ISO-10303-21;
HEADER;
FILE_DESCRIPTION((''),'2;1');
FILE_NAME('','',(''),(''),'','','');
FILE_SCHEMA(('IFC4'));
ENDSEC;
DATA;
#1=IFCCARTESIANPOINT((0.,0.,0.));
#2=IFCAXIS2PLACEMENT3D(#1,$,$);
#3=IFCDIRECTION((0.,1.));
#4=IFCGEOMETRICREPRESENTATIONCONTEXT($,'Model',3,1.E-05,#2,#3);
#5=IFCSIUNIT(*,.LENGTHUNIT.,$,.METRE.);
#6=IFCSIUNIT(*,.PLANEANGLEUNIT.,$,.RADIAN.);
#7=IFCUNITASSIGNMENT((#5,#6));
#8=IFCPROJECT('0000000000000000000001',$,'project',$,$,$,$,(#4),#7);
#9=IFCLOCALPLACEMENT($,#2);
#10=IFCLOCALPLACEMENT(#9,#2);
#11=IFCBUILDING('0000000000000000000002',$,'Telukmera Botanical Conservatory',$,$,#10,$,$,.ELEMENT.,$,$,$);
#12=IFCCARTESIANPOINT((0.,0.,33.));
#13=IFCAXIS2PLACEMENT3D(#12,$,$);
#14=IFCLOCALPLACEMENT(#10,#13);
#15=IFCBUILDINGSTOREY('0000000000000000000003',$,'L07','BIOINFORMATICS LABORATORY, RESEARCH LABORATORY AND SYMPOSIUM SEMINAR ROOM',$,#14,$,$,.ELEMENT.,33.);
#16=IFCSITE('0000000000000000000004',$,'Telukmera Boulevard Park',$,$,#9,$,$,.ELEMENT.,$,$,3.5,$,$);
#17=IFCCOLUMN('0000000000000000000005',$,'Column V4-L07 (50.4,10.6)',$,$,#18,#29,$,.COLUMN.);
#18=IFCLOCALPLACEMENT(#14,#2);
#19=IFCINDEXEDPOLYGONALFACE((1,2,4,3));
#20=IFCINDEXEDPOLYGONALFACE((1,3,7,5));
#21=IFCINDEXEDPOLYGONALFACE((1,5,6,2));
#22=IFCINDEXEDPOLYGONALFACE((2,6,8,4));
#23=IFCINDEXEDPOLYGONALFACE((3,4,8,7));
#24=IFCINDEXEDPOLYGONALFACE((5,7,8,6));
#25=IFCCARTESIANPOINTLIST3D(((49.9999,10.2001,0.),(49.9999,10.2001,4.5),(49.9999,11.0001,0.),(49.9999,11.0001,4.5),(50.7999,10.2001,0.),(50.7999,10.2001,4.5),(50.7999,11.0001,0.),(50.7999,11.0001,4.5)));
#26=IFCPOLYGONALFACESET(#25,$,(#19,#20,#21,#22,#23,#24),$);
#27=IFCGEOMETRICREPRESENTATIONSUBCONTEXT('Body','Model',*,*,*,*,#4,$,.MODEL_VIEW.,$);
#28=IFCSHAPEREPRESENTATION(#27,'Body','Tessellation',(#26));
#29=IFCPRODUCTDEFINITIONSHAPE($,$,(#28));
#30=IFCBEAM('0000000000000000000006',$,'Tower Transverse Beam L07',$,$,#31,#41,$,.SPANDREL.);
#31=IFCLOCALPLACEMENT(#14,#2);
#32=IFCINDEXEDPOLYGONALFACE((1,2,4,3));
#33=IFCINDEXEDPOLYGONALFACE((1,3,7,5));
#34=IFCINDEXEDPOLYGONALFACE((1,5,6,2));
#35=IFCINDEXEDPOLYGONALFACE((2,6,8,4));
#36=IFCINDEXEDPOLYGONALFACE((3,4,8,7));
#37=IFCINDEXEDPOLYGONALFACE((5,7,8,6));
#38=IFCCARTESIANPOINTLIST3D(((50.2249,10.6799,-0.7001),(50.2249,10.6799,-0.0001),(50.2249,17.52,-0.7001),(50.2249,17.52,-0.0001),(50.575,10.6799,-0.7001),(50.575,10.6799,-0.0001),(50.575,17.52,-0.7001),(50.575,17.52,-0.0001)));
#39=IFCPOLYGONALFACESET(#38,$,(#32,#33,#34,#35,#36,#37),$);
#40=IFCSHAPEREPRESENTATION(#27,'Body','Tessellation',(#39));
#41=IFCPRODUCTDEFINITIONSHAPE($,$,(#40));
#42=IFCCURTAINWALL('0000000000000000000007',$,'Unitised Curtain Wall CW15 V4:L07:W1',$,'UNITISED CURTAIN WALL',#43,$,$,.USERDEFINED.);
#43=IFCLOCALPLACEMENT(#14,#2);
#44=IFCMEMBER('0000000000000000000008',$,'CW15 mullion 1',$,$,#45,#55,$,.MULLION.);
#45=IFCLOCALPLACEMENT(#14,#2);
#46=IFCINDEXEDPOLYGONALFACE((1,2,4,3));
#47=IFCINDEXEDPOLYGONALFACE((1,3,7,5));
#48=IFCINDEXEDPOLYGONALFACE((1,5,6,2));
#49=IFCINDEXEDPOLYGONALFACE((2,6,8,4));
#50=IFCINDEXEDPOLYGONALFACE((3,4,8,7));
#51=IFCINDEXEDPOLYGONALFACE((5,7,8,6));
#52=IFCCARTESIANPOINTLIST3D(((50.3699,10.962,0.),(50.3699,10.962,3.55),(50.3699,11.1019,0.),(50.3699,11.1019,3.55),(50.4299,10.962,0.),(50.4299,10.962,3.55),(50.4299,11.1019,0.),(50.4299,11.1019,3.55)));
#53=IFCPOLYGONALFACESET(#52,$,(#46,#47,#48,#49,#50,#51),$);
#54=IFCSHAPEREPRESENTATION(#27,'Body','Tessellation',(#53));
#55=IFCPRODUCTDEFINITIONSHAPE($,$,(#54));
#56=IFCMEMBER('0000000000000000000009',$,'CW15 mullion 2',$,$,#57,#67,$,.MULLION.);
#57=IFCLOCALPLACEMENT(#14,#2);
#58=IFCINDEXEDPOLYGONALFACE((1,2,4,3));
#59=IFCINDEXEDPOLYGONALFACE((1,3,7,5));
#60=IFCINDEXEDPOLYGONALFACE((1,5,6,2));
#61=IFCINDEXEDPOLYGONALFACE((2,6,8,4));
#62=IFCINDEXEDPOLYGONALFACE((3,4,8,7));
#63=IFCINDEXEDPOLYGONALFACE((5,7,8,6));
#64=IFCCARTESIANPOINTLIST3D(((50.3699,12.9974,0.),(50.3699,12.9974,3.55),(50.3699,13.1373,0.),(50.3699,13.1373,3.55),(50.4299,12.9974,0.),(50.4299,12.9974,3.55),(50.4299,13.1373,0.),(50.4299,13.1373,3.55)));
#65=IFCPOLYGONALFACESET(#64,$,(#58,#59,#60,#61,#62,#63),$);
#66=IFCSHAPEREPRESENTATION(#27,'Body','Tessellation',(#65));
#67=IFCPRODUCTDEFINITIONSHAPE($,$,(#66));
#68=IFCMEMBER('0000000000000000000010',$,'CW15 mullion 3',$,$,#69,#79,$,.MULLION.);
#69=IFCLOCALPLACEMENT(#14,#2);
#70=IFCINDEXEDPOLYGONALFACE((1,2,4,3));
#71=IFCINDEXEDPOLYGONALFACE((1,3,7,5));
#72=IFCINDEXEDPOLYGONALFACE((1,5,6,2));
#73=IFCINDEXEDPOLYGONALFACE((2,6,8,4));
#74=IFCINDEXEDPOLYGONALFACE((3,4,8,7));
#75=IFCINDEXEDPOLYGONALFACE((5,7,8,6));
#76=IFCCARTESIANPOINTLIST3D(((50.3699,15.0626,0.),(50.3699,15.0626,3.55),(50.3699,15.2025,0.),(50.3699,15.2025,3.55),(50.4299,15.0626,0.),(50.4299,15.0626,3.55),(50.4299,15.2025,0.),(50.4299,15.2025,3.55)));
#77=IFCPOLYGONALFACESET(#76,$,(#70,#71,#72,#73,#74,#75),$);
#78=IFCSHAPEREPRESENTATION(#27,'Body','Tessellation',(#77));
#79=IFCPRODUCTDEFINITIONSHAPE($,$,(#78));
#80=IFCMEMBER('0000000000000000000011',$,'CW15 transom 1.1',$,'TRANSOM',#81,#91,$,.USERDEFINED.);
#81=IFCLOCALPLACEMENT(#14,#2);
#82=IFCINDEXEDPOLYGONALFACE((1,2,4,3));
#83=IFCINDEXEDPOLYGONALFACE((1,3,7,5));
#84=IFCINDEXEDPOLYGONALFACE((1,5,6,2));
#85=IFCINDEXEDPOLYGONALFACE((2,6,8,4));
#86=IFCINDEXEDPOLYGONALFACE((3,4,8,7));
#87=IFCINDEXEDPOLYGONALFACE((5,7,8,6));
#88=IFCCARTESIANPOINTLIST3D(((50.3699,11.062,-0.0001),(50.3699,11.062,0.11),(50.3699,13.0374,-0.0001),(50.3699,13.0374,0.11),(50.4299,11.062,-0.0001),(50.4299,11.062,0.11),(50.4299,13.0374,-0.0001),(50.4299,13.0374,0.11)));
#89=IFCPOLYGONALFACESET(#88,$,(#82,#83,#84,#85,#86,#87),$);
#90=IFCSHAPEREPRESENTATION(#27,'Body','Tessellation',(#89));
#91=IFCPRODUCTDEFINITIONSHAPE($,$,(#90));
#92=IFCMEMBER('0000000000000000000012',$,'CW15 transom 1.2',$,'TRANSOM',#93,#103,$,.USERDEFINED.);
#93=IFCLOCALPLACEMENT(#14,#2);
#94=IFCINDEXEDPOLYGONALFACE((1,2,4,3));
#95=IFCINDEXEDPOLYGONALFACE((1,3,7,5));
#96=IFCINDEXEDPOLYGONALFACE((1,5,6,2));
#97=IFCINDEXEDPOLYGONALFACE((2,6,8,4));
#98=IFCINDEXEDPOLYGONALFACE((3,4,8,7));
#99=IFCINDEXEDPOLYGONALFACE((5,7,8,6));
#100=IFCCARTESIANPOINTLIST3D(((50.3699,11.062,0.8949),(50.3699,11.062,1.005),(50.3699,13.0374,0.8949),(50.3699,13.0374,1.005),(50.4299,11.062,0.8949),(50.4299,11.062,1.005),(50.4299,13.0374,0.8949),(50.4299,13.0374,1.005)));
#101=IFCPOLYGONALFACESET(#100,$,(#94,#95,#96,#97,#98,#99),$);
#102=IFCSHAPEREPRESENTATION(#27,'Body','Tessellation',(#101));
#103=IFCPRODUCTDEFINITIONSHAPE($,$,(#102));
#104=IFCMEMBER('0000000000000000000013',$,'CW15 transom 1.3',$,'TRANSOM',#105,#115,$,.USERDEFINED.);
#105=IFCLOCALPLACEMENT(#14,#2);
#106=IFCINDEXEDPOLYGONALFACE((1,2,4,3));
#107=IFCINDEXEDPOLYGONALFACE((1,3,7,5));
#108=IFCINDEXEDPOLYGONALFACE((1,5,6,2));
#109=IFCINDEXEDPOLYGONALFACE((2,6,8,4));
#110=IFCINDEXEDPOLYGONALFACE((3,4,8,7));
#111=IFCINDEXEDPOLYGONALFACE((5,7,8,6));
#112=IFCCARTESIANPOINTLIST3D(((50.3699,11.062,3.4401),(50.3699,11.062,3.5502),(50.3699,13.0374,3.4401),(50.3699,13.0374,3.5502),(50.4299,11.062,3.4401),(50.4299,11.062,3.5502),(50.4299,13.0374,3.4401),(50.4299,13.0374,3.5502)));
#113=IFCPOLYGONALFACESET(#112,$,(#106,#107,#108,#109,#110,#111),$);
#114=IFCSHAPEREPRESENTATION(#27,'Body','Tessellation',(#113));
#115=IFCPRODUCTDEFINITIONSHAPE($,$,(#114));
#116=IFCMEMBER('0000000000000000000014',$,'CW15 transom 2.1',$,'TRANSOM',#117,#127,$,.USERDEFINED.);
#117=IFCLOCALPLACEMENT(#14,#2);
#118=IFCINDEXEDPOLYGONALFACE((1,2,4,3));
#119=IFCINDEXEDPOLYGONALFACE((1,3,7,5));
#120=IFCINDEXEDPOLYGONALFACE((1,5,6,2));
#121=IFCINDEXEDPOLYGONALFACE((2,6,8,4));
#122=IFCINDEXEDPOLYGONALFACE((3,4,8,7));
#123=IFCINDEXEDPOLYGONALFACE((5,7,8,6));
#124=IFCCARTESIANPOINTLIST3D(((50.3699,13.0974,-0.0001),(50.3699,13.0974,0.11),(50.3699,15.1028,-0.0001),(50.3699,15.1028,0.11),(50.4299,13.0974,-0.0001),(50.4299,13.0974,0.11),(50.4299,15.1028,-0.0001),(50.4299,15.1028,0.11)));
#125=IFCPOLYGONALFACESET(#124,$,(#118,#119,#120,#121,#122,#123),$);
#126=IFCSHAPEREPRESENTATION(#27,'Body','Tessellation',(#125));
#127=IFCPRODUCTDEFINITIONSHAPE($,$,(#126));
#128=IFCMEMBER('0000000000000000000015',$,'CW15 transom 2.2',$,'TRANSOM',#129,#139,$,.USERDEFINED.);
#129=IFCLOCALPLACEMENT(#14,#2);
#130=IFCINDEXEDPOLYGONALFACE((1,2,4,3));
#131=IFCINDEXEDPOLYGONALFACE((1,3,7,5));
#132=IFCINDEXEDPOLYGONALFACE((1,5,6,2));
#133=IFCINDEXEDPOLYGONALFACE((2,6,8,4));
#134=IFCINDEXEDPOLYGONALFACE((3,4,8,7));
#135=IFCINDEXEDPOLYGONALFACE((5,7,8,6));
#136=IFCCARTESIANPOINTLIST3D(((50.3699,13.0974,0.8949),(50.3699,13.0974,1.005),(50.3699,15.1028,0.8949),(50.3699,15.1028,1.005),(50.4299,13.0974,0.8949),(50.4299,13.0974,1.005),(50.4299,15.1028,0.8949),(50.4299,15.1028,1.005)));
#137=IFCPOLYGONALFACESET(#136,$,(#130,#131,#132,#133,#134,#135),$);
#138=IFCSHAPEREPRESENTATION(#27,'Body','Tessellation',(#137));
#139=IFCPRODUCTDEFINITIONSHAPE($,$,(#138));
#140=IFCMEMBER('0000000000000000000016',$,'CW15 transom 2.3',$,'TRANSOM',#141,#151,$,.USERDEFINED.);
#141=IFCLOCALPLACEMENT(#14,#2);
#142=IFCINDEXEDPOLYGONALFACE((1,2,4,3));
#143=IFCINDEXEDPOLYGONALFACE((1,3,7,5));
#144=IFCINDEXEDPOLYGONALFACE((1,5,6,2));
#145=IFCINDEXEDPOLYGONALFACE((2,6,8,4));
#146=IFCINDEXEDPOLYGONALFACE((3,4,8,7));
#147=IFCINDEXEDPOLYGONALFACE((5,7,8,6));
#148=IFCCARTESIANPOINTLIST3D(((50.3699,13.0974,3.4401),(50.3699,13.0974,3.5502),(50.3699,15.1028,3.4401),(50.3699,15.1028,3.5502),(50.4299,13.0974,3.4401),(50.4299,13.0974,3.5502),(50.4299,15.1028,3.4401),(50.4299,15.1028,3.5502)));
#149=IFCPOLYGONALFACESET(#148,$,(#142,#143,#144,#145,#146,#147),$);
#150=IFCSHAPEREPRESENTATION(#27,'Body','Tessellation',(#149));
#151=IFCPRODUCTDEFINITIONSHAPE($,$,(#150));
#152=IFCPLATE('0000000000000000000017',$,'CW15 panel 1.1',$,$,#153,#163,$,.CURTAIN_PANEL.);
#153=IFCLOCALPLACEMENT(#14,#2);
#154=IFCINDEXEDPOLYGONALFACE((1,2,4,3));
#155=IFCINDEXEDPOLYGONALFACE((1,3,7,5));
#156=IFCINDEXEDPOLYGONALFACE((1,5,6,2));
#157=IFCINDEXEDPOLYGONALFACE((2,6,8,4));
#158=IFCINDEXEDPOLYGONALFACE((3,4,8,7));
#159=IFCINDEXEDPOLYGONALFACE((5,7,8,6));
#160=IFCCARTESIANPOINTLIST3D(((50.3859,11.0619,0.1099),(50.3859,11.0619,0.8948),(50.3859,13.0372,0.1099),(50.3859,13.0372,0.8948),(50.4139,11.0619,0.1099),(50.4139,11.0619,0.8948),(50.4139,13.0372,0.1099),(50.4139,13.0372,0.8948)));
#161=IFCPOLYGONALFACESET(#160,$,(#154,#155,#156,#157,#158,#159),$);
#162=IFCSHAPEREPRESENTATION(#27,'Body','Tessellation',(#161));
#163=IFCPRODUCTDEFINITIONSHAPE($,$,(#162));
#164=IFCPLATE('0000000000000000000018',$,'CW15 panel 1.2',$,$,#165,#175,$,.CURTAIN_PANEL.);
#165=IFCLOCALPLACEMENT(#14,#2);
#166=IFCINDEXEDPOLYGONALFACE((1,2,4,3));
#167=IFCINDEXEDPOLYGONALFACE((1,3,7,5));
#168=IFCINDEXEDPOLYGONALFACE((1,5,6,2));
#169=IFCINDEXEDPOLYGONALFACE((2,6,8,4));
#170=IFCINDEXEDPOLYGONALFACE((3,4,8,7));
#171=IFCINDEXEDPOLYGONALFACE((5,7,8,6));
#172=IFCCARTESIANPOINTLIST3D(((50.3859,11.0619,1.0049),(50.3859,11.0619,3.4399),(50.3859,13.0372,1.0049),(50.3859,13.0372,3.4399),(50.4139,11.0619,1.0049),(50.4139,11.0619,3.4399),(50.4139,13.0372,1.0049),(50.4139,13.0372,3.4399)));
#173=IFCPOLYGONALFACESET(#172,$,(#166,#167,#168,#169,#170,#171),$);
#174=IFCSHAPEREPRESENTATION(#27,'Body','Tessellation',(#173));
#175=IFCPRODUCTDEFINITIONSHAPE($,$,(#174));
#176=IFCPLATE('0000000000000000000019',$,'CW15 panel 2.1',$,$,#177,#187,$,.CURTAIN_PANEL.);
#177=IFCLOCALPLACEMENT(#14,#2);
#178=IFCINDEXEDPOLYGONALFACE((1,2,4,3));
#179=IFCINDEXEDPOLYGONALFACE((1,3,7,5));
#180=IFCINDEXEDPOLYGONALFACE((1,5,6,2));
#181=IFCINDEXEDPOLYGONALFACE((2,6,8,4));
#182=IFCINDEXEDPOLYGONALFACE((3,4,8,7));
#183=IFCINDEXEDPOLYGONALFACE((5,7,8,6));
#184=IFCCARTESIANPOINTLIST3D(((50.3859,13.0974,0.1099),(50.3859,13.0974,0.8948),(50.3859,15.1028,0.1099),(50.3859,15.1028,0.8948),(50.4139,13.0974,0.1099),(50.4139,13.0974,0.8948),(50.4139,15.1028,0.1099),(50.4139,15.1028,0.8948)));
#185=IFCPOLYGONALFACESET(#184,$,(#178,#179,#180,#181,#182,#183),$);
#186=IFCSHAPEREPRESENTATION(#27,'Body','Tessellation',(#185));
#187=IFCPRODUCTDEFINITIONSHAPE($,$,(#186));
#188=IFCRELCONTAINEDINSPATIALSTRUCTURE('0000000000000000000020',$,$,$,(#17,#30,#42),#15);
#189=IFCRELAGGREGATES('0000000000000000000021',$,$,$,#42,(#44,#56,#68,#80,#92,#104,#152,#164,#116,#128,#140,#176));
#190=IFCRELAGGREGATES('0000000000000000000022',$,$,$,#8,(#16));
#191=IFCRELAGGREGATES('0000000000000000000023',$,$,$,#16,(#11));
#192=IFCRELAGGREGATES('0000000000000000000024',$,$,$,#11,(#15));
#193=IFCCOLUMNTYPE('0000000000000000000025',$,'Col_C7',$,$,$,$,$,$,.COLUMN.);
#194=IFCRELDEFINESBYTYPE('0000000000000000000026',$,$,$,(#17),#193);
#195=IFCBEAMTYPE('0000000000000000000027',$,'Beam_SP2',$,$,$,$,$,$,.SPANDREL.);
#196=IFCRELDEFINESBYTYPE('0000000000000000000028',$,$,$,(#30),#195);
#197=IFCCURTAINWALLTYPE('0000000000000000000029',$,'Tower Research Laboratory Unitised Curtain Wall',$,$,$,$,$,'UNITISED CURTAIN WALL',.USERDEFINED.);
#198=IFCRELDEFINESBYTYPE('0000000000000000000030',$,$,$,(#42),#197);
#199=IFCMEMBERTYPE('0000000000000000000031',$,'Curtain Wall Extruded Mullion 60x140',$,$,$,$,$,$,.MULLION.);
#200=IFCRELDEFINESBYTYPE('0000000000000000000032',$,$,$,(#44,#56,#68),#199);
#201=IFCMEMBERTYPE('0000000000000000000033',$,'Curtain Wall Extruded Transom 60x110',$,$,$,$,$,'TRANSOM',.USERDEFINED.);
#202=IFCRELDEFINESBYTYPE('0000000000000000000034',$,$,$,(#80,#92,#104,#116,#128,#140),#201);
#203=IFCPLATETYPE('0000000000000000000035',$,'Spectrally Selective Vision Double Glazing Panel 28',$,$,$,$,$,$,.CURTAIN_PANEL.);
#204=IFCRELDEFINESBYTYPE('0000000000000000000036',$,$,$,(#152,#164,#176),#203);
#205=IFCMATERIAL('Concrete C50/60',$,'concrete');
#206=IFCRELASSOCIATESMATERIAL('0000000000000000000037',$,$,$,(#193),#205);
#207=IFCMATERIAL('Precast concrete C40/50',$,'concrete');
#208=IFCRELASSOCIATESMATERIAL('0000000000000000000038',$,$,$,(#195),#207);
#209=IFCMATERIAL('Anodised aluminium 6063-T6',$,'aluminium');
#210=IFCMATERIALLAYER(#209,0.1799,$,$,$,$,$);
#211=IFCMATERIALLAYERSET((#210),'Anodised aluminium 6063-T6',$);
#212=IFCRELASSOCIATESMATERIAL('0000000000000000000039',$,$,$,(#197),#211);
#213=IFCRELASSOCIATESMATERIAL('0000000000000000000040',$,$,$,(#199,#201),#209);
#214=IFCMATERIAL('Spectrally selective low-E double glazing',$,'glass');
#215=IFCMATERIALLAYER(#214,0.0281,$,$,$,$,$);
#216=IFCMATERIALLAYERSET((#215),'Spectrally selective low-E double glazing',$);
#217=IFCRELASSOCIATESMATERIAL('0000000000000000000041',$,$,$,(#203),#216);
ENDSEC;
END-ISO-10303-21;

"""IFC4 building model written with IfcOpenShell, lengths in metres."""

from ifc_helpers import new_model, si_unit, direction, frame, origin, origin_2d, place, context, subcontext, project, spatial, rectangle, extrude, material, layer, layer_set, material_profile, profile_set, type_object, element, aggregate, save


model = new_model("IFC4")

# Units and contexts
model_context = context("Model", 3, precision=1e-05, world=origin(), true_north=direction((0.0, 1.0)))
body_context = subcontext(model_context, "Body", "Model", "MODEL_VIEW")
ifc_project = project(units=[si_unit("LENGTHUNIT", "METRE"), si_unit("PLANEANGLEUNIT", "RADIAN")], contexts=[model_context])

# Site, building, storey
site_placement = place(None, origin())
site = spatial("IfcSite", under=ifc_project, at=site_placement, Name="Telukmera Boulevard Park", CompositionType="ELEMENT", RefElevation=3.5)
building_placement = place(site_placement, origin())
building = spatial("IfcBuilding", under=site, at=building_placement, Name="Telukmera Botanical Conservatory", CompositionType="ELEMENT")
storey_placement = place(building_placement, frame((0.0, 0.0, 33.0)))
storey = spatial("IfcBuildingStorey", under=building, at=storey_placement, Name="L07", Description="BIOINFORMATICS LABORATORY, RESEARCH LABORATORY AND SYMPOSIUM SEMINAR ROOM", CompositionType="ELEMENT", Elevation=33.0)

# Column
ifc_material_1 = material(Name="Concrete C50/60", Category="concrete")
ifc_material_profile_1 = material_profile(ifc_material_1, rectangle(XDim=0.8, YDim=0.8, at=origin_2d()), Name="RC 800x800")
ifc_profile_set_1 = profile_set([ifc_material_profile_1], Name="Concrete C50/60")
column_type = type_object("IfcColumnType", Name="Col_C7", PredefinedType="COLUMN", material=ifc_profile_set_1)
column_placement = place(storey_placement, frame((50.3999, 10.6001, 0.0), z_axis=(0.0, 0.0, 1.0), x_axis=(1.0, 0.0, 0.0)))
element("IfcColumn", 1, at=column_placement, inside=storey, type_object=column_type, Name="Column V4-L07 (50.4,10.6)", PredefinedType="COLUMN", context=body_context, shape_type="SweptSolid", body=[
    extrude(rectangle(XDim=0.8, YDim=0.8, at=origin_2d()), origin(), (0.0, 0.0, 1.0), 4.5),
])

# Beam
ifc_material_2 = material(Name="Precast concrete C40/50", Category="concrete")
ifc_material_profile_2 = material_profile(ifc_material_2, rectangle(XDim=0.3501, YDim=0.7, at=origin_2d()), Name="PC 350x700")
ifc_profile_set_2 = profile_set([ifc_material_profile_2], Name="Precast concrete C40/50")
beam_type = type_object("IfcBeamType", Name="Beam_SP2", PredefinedType="SPANDREL", material=ifc_profile_set_2)
beam_placement = place(storey_placement, frame((50.3999, 10.6799, -0.3501), z_axis=(0.0, 1.0, 0.0), x_axis=(-1.0, 0.0, 0.0)))
element("IfcBeam", 2, at=beam_placement, inside=storey, type_object=beam_type, Name="Tower Transverse Beam L07", PredefinedType="SPANDREL", context=body_context, shape_type="SweptSolid", body=[
    extrude(rectangle(XDim=0.3501, YDim=0.7, at=origin_2d()), origin(), (0.0, 0.0, 1.0), 6.8401),
])

# Curtain wall, members, plates
ifc_material_3 = material(Name="Anodised aluminium 6063-T6", Category="aluminium")
ifc_layer_1 = layer(ifc_material_3, 0.1799)
ifc_layer_set_1 = layer_set([ifc_layer_1], Name="Anodised aluminium 6063-T6")
curtain_wall_type = type_object("IfcCurtainWallType", Name="Tower Research Laboratory Unitised Curtain Wall", ElementType="UNITISED CURTAIN WALL", PredefinedType="USERDEFINED", material=ifc_layer_set_1)
curtain_wall_placement = place(storey_placement, origin())
curtain_wall = element("IfcCurtainWall", 3, at=curtain_wall_placement, inside=storey, type_object=curtain_wall_type, Name="Unitised Curtain Wall CW15 V4:L07:W1", ObjectType="UNITISED CURTAIN WALL", PredefinedType="USERDEFINED")
ifc_material_profile_3 = material_profile(ifc_material_3, rectangle(XDim=0.0601, YDim=0.1399, at=origin_2d()), Name="ALU MULL 60x140")
ifc_profile_set_3 = profile_set([ifc_material_profile_3], Name="Anodised aluminium 6063-T6")
member_type_1 = type_object("IfcMemberType", Name="Curtain Wall Extruded Mullion 60x140", PredefinedType="MULLION", material=ifc_profile_set_3)
member_1_placement = place(storey_placement, frame((50.3999, 11.032, 0.0), z_axis=(0.0, 0.0, 1.0), x_axis=(-1.0, 0.0, 0.0)))
member_1 = element("IfcMember", 4, at=member_1_placement, type_object=member_type_1, Name="CW15 mullion 1", PredefinedType="MULLION", context=body_context, shape_type="SweptSolid", body=[
    extrude(rectangle(XDim=0.0601, YDim=0.1399, at=origin_2d()), origin(), (0.0, 0.0, 1.0), 3.55),
])
member_2_placement = place(storey_placement, frame((50.3999, 13.0674, 0.0), z_axis=(0.0, 0.0, 1.0), x_axis=(-1.0, 0.0, 0.0)))
member_2 = element("IfcMember", 5, at=member_2_placement, type_object=member_type_1, Name="CW15 mullion 2", PredefinedType="MULLION", context=body_context, shape_type="SweptSolid", body=[
    extrude(rectangle(XDim=0.0601, YDim=0.1399, at=origin_2d()), origin(), (0.0, 0.0, 1.0), 3.55),
])
member_3_placement = place(storey_placement, frame((50.3999, 15.1326, 0.0), z_axis=(0.0, 0.0, 1.0), x_axis=(-1.0, 0.0, 0.0)))
member_3 = element("IfcMember", 6, at=member_3_placement, type_object=member_type_1, Name="CW15 mullion 3", PredefinedType="MULLION", context=body_context, shape_type="SweptSolid", body=[
    extrude(rectangle(XDim=0.0601, YDim=0.1399, at=origin_2d()), origin(), (0.0, 0.0, 1.0), 3.55),
])
ifc_material_profile_4 = material_profile(ifc_material_3, rectangle(XDim=0.0601, YDim=0.1101, at=origin_2d()), Name="ALU TRAN 60x110")
ifc_profile_set_4 = profile_set([ifc_material_profile_4], Name="Anodised aluminium 6063-T6")
member_type_2 = type_object("IfcMemberType", Name="Curtain Wall Extruded Transom 60x110", ElementType="TRANSOM", PredefinedType="USERDEFINED", material=ifc_profile_set_4)
member_4_placement = place(storey_placement, frame((50.3999, 11.062, 0.0549), z_axis=(0.0, 1.0, 0.0), x_axis=(-1.0, 0.0, 0.0)))
member_4 = element("IfcMember", 7, at=member_4_placement, type_object=member_type_2, Name="CW15 transom 1.1", ObjectType="TRANSOM", PredefinedType="USERDEFINED", context=body_context, shape_type="SweptSolid", body=[
    extrude(rectangle(XDim=0.0601, YDim=0.1101, at=origin_2d()), origin(), (0.0, 0.0, 1.0), 1.9753),
])
member_5_placement = place(storey_placement, frame((50.3999, 11.062, 0.95), z_axis=(0.0, 1.0, 0.0), x_axis=(-1.0, 0.0, 0.0)))
member_5 = element("IfcMember", 8, at=member_5_placement, type_object=member_type_2, Name="CW15 transom 1.2", ObjectType="TRANSOM", PredefinedType="USERDEFINED", context=body_context, shape_type="SweptSolid", body=[
    extrude(rectangle(XDim=0.0601, YDim=0.1101, at=origin_2d()), origin(), (0.0, 0.0, 1.0), 1.9753),
])
member_6_placement = place(storey_placement, frame((50.3999, 11.062, 3.4951), z_axis=(0.0, 1.0, 0.0), x_axis=(-1.0, 0.0, 0.0)))
member_6 = element("IfcMember", 9, at=member_6_placement, type_object=member_type_2, Name="CW15 transom 1.3", ObjectType="TRANSOM", PredefinedType="USERDEFINED", context=body_context, shape_type="SweptSolid", body=[
    extrude(rectangle(XDim=0.0601, YDim=0.1101, at=origin_2d()), origin(), (0.0, 0.0, 1.0), 1.9753),
])
member_7_placement = place(storey_placement, frame((50.3999, 13.0974, 0.0549), z_axis=(0.0, 1.0, 0.0), x_axis=(-1.0, 0.0, 0.0)))
member_7 = element("IfcMember", 10, at=member_7_placement, type_object=member_type_2, Name="CW15 transom 2.1", ObjectType="TRANSOM", PredefinedType="USERDEFINED", context=body_context, shape_type="SweptSolid", body=[
    extrude(rectangle(XDim=0.0601, YDim=0.1101, at=origin_2d()), origin(), (0.0, 0.0, 1.0), 2.0054),
])
member_8_placement = place(storey_placement, frame((50.3999, 13.0974, 0.95), z_axis=(0.0, 1.0, 0.0), x_axis=(-1.0, 0.0, 0.0)))
member_8 = element("IfcMember", 11, at=member_8_placement, type_object=member_type_2, Name="CW15 transom 2.2", ObjectType="TRANSOM", PredefinedType="USERDEFINED", context=body_context, shape_type="SweptSolid", body=[
    extrude(rectangle(XDim=0.0601, YDim=0.1101, at=origin_2d()), origin(), (0.0, 0.0, 1.0), 2.0054),
])
member_9_placement = place(storey_placement, frame((50.3999, 13.0974, 3.4951), z_axis=(0.0, 1.0, 0.0), x_axis=(-1.0, 0.0, 0.0)))
member_9 = element("IfcMember", 12, at=member_9_placement, type_object=member_type_2, Name="CW15 transom 2.3", ObjectType="TRANSOM", PredefinedType="USERDEFINED", context=body_context, shape_type="SweptSolid", body=[
    extrude(rectangle(XDim=0.0601, YDim=0.1101, at=origin_2d()), origin(), (0.0, 0.0, 1.0), 2.0054),
])
ifc_material_4 = material(Name="Spectrally selective low-E double glazing", Category="glass")
ifc_layer_2 = layer(ifc_material_4, 0.0281)
ifc_layer_set_2 = layer_set([ifc_layer_2], Name="Spectrally selective low-E double glazing")
plate_type = type_object("IfcPlateType", Name="Spectrally Selective Vision Double Glazing Panel 28", PredefinedType="CURTAIN_PANEL", material=ifc_layer_set_2)
plate_1_placement = place(storey_placement, frame((50.3999, 12.0496, 0.1099), z_axis=(0.0, 0.0, 1.0), x_axis=(0.0, 1.0, 0.0)))
plate_1 = element("IfcPlate", 13, at=plate_1_placement, type_object=plate_type, Name="CW15 panel 1.1", PredefinedType="CURTAIN_PANEL", context=body_context, shape_type="SweptSolid", body=[
    extrude(rectangle(XDim=1.9753, YDim=0.0281, at=origin_2d()), origin(), (0.0, 0.0, 1.0), 0.7849),
])
plate_2_placement = place(storey_placement, frame((50.3999, 12.0496, 1.0049), z_axis=(0.0, 0.0, 1.0), x_axis=(0.0, 1.0, 0.0)))
plate_2 = element("IfcPlate", 14, at=plate_2_placement, type_object=plate_type, Name="CW15 panel 1.2", PredefinedType="CURTAIN_PANEL", context=body_context, shape_type="SweptSolid", body=[
    extrude(rectangle(XDim=1.9753, YDim=0.0281, at=origin_2d()), origin(), (0.0, 0.0, 1.0), 2.4351),
])
plate_3_placement = place(storey_placement, frame((50.3999, 14.1001, 0.1099), z_axis=(0.0, 0.0, 1.0), x_axis=(0.0, 1.0, 0.0)))
plate_3 = element("IfcPlate", 15, at=plate_3_placement, type_object=plate_type, Name="CW15 panel 2.1", PredefinedType="CURTAIN_PANEL", context=body_context, shape_type="SweptSolid", body=[
    extrude(rectangle(XDim=2.0054, YDim=0.0281, at=origin_2d()), origin(), (0.0, 0.0, 1.0), 0.7849),
])
aggregate(curtain_wall, [member_1, member_2, member_3, member_4, member_5, member_6, plate_1, plate_2, member_7, member_8, member_9, plate_3])

save(model, "model.ifc")
